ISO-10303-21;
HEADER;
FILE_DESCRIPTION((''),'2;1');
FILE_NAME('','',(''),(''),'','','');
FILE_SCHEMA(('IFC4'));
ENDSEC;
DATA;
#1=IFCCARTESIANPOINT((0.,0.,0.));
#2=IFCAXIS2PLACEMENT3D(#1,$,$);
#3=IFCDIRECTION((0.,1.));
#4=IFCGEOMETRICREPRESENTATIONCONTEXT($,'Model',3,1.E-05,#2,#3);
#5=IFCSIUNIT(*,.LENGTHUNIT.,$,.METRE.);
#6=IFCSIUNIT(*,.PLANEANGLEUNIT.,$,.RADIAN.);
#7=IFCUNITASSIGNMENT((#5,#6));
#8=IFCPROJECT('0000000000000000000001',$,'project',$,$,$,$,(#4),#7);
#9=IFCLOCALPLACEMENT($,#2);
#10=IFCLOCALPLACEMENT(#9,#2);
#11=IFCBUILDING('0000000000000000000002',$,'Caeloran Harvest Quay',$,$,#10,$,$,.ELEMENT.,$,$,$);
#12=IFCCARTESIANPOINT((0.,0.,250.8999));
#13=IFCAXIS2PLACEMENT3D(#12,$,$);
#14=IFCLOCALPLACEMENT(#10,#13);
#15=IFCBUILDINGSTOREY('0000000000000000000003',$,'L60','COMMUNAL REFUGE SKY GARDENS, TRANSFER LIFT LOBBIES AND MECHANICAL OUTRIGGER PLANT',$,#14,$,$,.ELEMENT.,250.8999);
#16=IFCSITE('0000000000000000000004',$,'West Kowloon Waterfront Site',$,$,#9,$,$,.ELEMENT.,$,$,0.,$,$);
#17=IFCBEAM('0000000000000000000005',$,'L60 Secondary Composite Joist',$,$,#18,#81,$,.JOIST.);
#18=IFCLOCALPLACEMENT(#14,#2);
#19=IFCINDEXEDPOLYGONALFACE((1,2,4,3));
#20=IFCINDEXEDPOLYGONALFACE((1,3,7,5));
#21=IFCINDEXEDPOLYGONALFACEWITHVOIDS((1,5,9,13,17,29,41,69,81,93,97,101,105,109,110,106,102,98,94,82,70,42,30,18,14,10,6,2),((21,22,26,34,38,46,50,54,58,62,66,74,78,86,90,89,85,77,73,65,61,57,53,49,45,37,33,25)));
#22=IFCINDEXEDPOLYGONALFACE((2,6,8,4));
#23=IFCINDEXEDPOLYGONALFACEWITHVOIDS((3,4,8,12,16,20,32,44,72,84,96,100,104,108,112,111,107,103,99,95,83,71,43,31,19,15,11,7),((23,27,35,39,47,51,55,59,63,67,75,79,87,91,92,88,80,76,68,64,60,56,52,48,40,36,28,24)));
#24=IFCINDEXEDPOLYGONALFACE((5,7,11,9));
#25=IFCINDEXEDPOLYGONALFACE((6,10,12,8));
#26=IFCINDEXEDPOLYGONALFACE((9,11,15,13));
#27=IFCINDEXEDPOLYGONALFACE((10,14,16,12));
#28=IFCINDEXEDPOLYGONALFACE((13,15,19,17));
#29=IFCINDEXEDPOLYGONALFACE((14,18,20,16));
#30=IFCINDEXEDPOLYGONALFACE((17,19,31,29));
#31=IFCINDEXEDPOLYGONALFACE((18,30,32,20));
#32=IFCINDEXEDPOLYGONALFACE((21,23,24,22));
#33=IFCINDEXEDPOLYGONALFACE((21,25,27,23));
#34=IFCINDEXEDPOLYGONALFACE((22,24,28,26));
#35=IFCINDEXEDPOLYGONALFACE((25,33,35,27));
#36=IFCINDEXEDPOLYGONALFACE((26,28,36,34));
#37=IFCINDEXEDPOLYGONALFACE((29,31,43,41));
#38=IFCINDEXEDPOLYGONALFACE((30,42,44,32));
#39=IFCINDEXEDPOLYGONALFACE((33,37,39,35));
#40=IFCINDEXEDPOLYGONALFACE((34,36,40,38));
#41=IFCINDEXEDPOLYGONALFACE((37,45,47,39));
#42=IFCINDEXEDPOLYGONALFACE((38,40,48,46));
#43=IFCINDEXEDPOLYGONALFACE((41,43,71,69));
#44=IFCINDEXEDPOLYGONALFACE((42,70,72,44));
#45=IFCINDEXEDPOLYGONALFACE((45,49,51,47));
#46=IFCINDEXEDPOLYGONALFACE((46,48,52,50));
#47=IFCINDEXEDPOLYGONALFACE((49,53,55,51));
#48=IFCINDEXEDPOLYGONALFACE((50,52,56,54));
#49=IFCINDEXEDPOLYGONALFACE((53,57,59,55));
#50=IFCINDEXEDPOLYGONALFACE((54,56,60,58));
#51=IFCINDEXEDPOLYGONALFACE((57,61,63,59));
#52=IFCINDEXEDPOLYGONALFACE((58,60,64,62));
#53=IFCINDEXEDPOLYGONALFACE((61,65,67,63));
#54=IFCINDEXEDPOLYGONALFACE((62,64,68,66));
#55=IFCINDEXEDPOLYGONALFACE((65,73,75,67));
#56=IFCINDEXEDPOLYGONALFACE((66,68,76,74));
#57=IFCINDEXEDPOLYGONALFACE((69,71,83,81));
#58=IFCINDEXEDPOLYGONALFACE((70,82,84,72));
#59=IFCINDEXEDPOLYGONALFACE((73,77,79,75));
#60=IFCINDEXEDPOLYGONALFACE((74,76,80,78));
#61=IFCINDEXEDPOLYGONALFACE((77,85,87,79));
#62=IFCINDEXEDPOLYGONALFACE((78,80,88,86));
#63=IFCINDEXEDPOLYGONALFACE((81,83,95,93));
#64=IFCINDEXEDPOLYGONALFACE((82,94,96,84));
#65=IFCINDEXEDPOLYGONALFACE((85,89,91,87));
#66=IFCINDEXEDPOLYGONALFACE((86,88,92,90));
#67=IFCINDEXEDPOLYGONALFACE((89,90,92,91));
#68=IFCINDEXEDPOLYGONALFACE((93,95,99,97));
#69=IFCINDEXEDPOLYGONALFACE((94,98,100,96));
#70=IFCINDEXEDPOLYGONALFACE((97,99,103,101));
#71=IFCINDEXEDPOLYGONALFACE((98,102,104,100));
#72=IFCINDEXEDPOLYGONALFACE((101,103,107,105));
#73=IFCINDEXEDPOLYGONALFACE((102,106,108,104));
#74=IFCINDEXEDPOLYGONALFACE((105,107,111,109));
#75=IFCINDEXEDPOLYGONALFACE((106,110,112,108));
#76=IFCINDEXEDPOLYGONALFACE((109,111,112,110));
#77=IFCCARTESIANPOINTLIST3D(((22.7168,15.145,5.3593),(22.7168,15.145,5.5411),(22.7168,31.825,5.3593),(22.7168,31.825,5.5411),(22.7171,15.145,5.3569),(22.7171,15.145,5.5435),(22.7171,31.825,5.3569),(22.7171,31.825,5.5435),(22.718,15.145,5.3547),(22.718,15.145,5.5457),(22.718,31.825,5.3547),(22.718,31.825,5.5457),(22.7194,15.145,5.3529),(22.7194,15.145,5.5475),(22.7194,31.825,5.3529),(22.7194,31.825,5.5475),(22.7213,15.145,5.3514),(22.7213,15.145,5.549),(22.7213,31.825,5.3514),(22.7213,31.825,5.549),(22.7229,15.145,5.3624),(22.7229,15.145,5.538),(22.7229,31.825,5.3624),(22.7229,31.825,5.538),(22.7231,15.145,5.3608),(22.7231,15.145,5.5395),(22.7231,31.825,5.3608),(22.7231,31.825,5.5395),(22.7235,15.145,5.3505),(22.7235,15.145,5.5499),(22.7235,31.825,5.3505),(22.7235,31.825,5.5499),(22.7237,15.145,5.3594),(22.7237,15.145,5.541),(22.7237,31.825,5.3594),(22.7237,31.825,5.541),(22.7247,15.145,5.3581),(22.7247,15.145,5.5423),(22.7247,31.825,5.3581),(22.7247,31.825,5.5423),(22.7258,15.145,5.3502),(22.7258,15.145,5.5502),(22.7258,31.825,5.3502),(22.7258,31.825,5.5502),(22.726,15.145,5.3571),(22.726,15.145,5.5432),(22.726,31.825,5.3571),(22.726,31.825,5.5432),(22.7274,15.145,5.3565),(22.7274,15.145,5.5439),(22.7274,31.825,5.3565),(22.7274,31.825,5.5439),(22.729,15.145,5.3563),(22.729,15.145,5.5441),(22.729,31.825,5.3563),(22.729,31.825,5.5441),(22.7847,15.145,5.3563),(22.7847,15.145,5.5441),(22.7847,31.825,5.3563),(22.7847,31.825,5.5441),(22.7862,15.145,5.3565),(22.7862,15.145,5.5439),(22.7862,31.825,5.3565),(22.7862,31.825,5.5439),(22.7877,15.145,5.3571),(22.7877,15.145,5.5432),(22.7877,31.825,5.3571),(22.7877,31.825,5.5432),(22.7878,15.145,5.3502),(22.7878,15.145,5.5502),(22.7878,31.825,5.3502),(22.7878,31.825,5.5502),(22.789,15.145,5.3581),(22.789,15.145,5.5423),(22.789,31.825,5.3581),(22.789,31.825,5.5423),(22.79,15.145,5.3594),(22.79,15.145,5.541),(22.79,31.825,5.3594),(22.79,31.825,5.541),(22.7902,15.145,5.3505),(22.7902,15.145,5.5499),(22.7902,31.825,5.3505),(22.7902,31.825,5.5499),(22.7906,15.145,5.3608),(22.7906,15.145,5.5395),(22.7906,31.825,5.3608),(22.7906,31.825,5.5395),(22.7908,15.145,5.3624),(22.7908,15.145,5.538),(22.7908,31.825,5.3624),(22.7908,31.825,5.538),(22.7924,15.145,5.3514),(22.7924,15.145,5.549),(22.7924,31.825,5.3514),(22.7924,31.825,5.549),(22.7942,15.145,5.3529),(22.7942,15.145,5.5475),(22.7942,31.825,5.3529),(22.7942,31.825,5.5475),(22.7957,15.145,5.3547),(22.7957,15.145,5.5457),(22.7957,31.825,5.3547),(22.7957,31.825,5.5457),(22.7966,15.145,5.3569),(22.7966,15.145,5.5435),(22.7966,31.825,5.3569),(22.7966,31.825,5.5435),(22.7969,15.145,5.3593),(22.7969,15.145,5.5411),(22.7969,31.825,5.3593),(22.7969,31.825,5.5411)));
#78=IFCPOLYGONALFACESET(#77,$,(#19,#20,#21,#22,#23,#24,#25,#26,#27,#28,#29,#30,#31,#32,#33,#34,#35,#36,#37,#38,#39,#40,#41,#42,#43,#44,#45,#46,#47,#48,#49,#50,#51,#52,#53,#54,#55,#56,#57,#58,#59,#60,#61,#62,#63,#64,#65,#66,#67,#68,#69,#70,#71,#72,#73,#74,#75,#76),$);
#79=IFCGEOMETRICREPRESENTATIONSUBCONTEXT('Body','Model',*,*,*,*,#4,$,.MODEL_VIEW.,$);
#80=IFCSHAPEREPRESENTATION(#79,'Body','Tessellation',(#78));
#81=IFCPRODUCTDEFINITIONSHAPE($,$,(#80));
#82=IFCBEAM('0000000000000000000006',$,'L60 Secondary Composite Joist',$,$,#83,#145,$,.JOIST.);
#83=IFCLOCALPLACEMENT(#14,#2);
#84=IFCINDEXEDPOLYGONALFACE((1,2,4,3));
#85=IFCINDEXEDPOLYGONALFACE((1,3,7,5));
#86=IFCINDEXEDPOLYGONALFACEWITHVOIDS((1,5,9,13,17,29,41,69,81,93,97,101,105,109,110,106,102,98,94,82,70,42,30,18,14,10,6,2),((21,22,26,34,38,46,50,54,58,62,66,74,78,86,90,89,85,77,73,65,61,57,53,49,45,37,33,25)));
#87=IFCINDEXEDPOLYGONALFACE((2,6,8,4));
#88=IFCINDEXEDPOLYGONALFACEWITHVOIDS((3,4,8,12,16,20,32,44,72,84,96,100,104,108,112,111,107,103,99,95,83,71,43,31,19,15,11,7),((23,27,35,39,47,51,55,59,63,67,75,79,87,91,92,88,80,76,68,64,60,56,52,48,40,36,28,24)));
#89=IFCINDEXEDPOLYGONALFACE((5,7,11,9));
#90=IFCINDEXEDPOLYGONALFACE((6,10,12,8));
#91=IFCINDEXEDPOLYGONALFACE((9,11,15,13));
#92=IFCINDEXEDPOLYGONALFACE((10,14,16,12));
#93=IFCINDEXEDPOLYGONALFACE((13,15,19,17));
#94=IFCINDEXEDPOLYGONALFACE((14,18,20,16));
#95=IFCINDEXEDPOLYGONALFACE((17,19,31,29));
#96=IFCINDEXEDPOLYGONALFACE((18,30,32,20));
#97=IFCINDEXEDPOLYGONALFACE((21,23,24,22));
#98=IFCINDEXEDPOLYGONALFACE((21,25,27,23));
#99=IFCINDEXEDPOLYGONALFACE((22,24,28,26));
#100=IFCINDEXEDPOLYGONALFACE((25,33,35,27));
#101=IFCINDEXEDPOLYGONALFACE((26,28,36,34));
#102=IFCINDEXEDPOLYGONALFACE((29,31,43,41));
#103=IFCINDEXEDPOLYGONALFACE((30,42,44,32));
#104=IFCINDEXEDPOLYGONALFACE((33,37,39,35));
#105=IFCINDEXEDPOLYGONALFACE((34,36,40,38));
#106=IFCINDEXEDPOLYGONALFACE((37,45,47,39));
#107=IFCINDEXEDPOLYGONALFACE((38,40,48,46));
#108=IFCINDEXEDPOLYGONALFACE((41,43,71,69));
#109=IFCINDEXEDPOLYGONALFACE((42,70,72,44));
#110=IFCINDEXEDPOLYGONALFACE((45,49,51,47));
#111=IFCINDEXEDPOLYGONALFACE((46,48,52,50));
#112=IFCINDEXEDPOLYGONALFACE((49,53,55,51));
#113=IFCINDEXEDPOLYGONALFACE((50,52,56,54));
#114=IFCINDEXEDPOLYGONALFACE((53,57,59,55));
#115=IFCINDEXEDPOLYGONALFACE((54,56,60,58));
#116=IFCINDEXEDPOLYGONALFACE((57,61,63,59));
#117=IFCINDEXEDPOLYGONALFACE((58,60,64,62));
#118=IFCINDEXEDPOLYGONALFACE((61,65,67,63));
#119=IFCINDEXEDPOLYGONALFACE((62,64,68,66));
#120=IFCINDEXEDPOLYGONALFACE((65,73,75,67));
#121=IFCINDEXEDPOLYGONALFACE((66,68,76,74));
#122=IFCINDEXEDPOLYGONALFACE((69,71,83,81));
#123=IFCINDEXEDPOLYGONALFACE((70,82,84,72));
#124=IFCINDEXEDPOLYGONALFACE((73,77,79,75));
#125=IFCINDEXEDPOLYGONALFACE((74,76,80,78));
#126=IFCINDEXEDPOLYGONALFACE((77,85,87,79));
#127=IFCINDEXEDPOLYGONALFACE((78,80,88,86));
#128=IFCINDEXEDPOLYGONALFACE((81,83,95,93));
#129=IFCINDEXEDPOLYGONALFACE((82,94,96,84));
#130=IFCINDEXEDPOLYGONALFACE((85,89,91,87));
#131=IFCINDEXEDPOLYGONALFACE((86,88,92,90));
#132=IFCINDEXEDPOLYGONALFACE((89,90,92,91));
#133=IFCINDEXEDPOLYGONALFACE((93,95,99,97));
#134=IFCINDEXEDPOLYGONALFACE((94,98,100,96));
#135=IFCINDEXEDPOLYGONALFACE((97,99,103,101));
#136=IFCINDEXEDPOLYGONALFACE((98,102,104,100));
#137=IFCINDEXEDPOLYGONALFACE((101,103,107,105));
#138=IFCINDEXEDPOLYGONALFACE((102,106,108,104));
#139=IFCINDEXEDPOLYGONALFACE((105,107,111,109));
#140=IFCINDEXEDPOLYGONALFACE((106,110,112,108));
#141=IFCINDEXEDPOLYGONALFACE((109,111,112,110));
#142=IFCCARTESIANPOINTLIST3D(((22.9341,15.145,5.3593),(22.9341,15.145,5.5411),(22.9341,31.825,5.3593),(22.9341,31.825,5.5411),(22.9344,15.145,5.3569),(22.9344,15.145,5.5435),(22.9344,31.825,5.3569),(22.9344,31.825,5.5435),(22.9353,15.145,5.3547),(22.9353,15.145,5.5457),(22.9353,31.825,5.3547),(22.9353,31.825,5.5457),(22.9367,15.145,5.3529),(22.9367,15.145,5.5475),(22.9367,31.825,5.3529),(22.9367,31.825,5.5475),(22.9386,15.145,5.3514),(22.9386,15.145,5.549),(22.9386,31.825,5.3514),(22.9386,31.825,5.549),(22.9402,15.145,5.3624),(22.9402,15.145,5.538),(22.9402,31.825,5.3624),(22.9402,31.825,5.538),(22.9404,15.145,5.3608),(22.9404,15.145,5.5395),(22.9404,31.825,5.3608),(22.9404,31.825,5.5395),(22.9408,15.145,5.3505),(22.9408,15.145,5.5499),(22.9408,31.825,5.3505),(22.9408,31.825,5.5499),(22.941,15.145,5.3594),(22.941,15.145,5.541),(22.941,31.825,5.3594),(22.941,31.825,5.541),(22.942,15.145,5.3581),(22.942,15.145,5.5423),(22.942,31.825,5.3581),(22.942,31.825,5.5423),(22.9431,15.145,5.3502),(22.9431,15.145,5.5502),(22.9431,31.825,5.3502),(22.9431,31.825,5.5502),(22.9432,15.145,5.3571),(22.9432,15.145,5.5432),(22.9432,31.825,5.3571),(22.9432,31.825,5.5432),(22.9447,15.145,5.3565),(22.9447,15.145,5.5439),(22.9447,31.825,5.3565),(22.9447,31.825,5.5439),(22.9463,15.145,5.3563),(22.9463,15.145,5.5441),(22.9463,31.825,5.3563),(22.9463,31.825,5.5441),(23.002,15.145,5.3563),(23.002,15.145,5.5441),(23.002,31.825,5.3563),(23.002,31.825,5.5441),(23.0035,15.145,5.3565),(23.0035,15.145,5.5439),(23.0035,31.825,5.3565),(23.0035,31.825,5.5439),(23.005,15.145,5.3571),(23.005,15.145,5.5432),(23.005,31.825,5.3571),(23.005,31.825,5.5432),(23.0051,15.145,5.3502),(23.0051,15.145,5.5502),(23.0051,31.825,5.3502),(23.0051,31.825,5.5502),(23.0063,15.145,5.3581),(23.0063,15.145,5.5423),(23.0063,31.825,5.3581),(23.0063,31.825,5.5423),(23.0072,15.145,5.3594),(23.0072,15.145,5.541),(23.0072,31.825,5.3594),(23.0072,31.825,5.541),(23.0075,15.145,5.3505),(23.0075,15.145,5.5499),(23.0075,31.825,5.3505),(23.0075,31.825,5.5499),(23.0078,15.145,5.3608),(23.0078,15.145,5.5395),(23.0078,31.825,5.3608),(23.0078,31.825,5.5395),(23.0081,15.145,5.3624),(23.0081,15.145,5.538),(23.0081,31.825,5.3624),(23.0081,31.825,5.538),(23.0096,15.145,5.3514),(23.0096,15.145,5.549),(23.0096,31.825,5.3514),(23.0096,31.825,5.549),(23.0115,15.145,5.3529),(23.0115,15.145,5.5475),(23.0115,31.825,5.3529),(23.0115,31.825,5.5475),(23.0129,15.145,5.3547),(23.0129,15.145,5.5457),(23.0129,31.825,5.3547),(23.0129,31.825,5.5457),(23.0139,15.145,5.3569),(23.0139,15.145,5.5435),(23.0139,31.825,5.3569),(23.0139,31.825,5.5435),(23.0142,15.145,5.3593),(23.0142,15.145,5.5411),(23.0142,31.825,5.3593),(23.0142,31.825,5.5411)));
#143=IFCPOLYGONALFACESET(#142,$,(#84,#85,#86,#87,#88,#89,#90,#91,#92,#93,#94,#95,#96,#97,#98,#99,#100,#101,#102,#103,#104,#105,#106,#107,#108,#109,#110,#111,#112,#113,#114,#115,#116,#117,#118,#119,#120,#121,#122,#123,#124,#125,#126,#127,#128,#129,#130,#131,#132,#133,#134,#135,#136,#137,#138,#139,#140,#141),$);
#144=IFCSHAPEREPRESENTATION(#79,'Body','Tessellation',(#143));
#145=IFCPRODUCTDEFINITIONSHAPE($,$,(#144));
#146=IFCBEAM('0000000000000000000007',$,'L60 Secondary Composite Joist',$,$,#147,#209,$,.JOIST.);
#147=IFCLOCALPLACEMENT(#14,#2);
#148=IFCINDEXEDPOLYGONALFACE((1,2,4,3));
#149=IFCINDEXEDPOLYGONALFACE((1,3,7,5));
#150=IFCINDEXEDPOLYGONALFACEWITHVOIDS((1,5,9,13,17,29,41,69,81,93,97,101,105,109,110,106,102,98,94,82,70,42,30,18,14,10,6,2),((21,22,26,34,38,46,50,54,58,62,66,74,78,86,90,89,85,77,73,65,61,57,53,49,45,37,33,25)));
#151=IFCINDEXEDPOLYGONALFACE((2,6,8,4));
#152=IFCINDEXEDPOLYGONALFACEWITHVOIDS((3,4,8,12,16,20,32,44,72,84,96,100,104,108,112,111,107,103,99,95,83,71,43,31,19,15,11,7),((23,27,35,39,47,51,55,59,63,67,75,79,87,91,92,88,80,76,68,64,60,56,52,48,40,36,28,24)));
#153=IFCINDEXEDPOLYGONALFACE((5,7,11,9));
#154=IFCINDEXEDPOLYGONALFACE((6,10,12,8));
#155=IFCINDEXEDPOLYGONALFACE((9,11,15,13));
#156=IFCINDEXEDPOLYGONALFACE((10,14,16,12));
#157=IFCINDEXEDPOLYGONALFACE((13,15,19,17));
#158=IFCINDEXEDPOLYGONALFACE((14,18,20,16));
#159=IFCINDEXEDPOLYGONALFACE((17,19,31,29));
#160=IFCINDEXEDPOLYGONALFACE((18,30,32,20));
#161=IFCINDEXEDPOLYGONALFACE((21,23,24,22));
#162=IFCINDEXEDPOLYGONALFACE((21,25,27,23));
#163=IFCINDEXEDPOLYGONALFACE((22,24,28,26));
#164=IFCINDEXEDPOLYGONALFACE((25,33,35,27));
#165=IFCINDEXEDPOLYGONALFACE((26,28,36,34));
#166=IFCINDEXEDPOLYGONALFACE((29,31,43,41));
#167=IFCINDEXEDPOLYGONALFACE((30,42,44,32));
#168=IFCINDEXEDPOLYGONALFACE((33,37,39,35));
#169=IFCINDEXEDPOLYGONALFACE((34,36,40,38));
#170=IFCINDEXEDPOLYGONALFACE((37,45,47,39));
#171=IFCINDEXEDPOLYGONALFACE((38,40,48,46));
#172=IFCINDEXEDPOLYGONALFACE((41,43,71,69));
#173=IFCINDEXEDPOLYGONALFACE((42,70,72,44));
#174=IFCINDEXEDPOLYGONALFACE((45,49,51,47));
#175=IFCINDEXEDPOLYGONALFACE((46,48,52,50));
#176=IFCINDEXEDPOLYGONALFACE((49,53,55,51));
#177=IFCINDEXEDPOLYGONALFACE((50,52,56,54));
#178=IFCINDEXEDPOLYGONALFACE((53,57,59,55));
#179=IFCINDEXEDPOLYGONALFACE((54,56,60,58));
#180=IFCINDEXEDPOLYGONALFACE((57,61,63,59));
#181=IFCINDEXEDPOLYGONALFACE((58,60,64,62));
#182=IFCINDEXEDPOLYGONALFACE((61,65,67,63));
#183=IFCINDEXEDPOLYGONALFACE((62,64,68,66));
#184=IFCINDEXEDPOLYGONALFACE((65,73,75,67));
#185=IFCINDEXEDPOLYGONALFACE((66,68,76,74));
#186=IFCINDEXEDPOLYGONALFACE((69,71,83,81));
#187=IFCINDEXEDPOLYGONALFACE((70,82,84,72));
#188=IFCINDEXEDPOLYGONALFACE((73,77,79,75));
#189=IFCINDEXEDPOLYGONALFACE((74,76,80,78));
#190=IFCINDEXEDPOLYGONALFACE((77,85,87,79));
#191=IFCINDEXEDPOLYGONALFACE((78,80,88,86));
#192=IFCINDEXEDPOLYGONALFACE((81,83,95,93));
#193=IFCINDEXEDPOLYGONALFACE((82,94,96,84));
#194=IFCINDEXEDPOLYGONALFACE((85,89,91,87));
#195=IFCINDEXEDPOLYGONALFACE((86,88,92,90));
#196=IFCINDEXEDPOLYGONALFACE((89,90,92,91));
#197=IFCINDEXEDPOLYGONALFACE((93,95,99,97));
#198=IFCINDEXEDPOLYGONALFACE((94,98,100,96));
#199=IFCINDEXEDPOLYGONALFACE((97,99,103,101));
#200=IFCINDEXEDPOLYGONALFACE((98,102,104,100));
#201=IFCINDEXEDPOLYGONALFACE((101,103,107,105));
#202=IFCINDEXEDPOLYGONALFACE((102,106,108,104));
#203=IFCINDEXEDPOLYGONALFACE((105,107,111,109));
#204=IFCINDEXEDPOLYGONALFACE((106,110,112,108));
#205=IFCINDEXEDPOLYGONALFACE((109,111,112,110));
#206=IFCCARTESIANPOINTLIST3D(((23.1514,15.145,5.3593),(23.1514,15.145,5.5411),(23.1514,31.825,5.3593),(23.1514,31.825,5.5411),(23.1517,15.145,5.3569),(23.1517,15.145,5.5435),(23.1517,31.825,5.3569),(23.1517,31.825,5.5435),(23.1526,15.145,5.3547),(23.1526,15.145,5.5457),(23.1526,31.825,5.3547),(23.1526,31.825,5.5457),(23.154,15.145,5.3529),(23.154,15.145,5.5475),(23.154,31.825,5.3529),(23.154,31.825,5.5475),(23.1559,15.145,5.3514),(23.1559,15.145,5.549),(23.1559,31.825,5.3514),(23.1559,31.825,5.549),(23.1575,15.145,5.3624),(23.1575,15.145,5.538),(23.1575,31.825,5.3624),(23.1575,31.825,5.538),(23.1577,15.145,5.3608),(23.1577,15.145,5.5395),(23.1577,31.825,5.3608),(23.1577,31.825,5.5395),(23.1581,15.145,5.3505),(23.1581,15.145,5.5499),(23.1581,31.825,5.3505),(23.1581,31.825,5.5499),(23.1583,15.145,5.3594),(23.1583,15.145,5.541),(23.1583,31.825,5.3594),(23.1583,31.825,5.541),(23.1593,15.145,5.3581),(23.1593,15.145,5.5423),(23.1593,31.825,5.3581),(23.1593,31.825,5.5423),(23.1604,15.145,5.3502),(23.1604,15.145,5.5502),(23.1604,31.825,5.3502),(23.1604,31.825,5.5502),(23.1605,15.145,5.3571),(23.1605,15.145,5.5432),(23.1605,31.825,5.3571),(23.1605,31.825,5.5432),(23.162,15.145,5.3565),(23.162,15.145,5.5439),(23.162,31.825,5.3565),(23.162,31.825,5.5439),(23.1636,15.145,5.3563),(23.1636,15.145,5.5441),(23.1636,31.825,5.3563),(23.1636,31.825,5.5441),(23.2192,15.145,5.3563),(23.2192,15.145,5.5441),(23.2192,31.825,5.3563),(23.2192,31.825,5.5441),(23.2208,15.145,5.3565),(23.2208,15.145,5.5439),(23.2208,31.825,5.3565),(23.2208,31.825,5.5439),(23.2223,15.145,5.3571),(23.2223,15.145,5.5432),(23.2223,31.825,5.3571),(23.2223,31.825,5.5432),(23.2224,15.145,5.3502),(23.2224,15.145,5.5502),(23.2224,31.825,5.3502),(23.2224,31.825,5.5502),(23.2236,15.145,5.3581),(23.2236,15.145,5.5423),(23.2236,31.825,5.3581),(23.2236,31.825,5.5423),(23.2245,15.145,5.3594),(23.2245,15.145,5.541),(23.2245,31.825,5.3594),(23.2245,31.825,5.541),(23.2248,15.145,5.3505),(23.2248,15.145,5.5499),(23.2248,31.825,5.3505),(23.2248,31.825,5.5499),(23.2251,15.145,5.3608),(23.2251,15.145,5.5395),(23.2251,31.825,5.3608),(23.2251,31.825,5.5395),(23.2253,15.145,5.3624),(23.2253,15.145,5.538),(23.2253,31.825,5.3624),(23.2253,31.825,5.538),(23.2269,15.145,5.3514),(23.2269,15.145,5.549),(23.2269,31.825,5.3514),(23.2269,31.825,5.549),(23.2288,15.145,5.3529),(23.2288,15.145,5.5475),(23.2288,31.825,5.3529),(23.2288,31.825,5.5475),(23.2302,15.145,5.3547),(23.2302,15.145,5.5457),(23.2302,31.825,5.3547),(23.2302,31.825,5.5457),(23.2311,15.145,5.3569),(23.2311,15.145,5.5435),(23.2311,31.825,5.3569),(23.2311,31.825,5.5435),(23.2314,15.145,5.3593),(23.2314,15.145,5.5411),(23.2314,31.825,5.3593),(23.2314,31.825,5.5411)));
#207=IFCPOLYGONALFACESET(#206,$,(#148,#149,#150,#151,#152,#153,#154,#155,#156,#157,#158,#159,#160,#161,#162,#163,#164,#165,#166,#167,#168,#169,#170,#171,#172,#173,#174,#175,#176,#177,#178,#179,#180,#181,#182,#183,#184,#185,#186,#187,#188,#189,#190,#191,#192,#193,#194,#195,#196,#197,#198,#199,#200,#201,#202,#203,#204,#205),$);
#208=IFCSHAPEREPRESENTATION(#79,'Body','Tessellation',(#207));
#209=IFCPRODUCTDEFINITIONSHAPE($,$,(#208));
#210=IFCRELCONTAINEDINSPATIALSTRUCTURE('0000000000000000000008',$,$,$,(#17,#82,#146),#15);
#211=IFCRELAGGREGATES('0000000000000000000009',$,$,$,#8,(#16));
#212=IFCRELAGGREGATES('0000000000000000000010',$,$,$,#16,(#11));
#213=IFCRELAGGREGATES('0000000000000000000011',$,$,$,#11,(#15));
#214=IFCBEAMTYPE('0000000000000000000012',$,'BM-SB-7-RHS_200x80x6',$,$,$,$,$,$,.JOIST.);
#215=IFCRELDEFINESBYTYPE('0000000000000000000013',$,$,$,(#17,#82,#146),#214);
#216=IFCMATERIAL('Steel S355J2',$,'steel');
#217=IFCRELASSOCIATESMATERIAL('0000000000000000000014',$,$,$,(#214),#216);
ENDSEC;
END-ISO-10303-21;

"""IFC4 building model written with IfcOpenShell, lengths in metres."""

from ifc_helpers import new_model, si_unit, direction, frame, origin, origin_2d, place, context, subcontext, project, spatial, hollow_rectangle, extrude, material, material_profile, profile_set, type_object, element, save


model = new_model("IFC4")

# Units and contexts
model_context = context("Model", 3, precision=1e-05, world=origin(), true_north=direction((0.0, 1.0)))
body_context = subcontext(model_context, "Body", "Model", "MODEL_VIEW")
ifc_project = project(units=[si_unit("LENGTHUNIT", "METRE"), si_unit("PLANEANGLEUNIT", "RADIAN")], contexts=[model_context])

# Site, building, storey
site_placement = place(None, origin())
site = spatial("IfcSite", under=ifc_project, at=site_placement, Name="West Kowloon Waterfront Site", CompositionType="ELEMENT", RefElevation=0.0)
building_placement = place(site_placement, origin())
building = spatial("IfcBuilding", under=site, at=building_placement, Name="Caeloran Harvest Quay", CompositionType="ELEMENT")
storey_placement = place(building_placement, frame((0.0, 0.0, 250.8999)))
storey = spatial("IfcBuildingStorey", under=building, at=storey_placement, Name="L60", Description="COMMUNAL REFUGE SKY GARDENS, TRANSFER LIFT LOBBIES AND MECHANICAL OUTRIGGER PLANT", CompositionType="ELEMENT", Elevation=250.8999)

# Beams
ifc_material_1 = material(Name="Steel S355J2", Category="steel")
ifc_material_profile_1 = material_profile(ifc_material_1, hollow_rectangle(XDim=0.0801, YDim=0.2, WallThickness=0.0061, InnerFilletRadius=0.0061, OuterFilletRadius=0.009, at=origin_2d()), Name="RHS 200x80x6")
ifc_profile_set_1 = profile_set([ifc_material_profile_1], Name="Steel S355J2")
beam_type_1 = type_object("IfcBeamType", Name="BM-SB-7-RHS_200x80x6", PredefinedType="JOIST", material=ifc_profile_set_1)
for number, where, z_axis, x_axis, name in (
    (1, (22.7568, 15.145, 5.4502), (0.0, 1.0, 0.0), (-1.0, 0.0, 0.0), "L60 Secondary Composite Joist"),
    (2, (22.9741, 15.145, 5.4502), (0.0, 1.0, 0.0), (-1.0, 0.0, 0.0), "L60 Secondary Composite Joist"),
    (3, (23.1914, 15.145, 5.4502), (0.0, 1.0, 0.0), (-1.0, 0.0, 0.0), "L60 Secondary Composite Joist"),
):
    element("IfcBeam", number, at=place(storey_placement, frame(where, z_axis=z_axis, x_axis=x_axis)), inside=storey, type_object=beam_type_1, Name=name, PredefinedType="JOIST", context=body_context, shape_type="SweptSolid", body=[
        extrude(hollow_rectangle(XDim=0.0801, YDim=0.2, WallThickness=0.0061, InnerFilletRadius=0.0061, OuterFilletRadius=0.009, at=origin_2d()), origin(), (0.0, 0.0, 1.0), 16.6799),
    ])

save(model, "model.ifc")
